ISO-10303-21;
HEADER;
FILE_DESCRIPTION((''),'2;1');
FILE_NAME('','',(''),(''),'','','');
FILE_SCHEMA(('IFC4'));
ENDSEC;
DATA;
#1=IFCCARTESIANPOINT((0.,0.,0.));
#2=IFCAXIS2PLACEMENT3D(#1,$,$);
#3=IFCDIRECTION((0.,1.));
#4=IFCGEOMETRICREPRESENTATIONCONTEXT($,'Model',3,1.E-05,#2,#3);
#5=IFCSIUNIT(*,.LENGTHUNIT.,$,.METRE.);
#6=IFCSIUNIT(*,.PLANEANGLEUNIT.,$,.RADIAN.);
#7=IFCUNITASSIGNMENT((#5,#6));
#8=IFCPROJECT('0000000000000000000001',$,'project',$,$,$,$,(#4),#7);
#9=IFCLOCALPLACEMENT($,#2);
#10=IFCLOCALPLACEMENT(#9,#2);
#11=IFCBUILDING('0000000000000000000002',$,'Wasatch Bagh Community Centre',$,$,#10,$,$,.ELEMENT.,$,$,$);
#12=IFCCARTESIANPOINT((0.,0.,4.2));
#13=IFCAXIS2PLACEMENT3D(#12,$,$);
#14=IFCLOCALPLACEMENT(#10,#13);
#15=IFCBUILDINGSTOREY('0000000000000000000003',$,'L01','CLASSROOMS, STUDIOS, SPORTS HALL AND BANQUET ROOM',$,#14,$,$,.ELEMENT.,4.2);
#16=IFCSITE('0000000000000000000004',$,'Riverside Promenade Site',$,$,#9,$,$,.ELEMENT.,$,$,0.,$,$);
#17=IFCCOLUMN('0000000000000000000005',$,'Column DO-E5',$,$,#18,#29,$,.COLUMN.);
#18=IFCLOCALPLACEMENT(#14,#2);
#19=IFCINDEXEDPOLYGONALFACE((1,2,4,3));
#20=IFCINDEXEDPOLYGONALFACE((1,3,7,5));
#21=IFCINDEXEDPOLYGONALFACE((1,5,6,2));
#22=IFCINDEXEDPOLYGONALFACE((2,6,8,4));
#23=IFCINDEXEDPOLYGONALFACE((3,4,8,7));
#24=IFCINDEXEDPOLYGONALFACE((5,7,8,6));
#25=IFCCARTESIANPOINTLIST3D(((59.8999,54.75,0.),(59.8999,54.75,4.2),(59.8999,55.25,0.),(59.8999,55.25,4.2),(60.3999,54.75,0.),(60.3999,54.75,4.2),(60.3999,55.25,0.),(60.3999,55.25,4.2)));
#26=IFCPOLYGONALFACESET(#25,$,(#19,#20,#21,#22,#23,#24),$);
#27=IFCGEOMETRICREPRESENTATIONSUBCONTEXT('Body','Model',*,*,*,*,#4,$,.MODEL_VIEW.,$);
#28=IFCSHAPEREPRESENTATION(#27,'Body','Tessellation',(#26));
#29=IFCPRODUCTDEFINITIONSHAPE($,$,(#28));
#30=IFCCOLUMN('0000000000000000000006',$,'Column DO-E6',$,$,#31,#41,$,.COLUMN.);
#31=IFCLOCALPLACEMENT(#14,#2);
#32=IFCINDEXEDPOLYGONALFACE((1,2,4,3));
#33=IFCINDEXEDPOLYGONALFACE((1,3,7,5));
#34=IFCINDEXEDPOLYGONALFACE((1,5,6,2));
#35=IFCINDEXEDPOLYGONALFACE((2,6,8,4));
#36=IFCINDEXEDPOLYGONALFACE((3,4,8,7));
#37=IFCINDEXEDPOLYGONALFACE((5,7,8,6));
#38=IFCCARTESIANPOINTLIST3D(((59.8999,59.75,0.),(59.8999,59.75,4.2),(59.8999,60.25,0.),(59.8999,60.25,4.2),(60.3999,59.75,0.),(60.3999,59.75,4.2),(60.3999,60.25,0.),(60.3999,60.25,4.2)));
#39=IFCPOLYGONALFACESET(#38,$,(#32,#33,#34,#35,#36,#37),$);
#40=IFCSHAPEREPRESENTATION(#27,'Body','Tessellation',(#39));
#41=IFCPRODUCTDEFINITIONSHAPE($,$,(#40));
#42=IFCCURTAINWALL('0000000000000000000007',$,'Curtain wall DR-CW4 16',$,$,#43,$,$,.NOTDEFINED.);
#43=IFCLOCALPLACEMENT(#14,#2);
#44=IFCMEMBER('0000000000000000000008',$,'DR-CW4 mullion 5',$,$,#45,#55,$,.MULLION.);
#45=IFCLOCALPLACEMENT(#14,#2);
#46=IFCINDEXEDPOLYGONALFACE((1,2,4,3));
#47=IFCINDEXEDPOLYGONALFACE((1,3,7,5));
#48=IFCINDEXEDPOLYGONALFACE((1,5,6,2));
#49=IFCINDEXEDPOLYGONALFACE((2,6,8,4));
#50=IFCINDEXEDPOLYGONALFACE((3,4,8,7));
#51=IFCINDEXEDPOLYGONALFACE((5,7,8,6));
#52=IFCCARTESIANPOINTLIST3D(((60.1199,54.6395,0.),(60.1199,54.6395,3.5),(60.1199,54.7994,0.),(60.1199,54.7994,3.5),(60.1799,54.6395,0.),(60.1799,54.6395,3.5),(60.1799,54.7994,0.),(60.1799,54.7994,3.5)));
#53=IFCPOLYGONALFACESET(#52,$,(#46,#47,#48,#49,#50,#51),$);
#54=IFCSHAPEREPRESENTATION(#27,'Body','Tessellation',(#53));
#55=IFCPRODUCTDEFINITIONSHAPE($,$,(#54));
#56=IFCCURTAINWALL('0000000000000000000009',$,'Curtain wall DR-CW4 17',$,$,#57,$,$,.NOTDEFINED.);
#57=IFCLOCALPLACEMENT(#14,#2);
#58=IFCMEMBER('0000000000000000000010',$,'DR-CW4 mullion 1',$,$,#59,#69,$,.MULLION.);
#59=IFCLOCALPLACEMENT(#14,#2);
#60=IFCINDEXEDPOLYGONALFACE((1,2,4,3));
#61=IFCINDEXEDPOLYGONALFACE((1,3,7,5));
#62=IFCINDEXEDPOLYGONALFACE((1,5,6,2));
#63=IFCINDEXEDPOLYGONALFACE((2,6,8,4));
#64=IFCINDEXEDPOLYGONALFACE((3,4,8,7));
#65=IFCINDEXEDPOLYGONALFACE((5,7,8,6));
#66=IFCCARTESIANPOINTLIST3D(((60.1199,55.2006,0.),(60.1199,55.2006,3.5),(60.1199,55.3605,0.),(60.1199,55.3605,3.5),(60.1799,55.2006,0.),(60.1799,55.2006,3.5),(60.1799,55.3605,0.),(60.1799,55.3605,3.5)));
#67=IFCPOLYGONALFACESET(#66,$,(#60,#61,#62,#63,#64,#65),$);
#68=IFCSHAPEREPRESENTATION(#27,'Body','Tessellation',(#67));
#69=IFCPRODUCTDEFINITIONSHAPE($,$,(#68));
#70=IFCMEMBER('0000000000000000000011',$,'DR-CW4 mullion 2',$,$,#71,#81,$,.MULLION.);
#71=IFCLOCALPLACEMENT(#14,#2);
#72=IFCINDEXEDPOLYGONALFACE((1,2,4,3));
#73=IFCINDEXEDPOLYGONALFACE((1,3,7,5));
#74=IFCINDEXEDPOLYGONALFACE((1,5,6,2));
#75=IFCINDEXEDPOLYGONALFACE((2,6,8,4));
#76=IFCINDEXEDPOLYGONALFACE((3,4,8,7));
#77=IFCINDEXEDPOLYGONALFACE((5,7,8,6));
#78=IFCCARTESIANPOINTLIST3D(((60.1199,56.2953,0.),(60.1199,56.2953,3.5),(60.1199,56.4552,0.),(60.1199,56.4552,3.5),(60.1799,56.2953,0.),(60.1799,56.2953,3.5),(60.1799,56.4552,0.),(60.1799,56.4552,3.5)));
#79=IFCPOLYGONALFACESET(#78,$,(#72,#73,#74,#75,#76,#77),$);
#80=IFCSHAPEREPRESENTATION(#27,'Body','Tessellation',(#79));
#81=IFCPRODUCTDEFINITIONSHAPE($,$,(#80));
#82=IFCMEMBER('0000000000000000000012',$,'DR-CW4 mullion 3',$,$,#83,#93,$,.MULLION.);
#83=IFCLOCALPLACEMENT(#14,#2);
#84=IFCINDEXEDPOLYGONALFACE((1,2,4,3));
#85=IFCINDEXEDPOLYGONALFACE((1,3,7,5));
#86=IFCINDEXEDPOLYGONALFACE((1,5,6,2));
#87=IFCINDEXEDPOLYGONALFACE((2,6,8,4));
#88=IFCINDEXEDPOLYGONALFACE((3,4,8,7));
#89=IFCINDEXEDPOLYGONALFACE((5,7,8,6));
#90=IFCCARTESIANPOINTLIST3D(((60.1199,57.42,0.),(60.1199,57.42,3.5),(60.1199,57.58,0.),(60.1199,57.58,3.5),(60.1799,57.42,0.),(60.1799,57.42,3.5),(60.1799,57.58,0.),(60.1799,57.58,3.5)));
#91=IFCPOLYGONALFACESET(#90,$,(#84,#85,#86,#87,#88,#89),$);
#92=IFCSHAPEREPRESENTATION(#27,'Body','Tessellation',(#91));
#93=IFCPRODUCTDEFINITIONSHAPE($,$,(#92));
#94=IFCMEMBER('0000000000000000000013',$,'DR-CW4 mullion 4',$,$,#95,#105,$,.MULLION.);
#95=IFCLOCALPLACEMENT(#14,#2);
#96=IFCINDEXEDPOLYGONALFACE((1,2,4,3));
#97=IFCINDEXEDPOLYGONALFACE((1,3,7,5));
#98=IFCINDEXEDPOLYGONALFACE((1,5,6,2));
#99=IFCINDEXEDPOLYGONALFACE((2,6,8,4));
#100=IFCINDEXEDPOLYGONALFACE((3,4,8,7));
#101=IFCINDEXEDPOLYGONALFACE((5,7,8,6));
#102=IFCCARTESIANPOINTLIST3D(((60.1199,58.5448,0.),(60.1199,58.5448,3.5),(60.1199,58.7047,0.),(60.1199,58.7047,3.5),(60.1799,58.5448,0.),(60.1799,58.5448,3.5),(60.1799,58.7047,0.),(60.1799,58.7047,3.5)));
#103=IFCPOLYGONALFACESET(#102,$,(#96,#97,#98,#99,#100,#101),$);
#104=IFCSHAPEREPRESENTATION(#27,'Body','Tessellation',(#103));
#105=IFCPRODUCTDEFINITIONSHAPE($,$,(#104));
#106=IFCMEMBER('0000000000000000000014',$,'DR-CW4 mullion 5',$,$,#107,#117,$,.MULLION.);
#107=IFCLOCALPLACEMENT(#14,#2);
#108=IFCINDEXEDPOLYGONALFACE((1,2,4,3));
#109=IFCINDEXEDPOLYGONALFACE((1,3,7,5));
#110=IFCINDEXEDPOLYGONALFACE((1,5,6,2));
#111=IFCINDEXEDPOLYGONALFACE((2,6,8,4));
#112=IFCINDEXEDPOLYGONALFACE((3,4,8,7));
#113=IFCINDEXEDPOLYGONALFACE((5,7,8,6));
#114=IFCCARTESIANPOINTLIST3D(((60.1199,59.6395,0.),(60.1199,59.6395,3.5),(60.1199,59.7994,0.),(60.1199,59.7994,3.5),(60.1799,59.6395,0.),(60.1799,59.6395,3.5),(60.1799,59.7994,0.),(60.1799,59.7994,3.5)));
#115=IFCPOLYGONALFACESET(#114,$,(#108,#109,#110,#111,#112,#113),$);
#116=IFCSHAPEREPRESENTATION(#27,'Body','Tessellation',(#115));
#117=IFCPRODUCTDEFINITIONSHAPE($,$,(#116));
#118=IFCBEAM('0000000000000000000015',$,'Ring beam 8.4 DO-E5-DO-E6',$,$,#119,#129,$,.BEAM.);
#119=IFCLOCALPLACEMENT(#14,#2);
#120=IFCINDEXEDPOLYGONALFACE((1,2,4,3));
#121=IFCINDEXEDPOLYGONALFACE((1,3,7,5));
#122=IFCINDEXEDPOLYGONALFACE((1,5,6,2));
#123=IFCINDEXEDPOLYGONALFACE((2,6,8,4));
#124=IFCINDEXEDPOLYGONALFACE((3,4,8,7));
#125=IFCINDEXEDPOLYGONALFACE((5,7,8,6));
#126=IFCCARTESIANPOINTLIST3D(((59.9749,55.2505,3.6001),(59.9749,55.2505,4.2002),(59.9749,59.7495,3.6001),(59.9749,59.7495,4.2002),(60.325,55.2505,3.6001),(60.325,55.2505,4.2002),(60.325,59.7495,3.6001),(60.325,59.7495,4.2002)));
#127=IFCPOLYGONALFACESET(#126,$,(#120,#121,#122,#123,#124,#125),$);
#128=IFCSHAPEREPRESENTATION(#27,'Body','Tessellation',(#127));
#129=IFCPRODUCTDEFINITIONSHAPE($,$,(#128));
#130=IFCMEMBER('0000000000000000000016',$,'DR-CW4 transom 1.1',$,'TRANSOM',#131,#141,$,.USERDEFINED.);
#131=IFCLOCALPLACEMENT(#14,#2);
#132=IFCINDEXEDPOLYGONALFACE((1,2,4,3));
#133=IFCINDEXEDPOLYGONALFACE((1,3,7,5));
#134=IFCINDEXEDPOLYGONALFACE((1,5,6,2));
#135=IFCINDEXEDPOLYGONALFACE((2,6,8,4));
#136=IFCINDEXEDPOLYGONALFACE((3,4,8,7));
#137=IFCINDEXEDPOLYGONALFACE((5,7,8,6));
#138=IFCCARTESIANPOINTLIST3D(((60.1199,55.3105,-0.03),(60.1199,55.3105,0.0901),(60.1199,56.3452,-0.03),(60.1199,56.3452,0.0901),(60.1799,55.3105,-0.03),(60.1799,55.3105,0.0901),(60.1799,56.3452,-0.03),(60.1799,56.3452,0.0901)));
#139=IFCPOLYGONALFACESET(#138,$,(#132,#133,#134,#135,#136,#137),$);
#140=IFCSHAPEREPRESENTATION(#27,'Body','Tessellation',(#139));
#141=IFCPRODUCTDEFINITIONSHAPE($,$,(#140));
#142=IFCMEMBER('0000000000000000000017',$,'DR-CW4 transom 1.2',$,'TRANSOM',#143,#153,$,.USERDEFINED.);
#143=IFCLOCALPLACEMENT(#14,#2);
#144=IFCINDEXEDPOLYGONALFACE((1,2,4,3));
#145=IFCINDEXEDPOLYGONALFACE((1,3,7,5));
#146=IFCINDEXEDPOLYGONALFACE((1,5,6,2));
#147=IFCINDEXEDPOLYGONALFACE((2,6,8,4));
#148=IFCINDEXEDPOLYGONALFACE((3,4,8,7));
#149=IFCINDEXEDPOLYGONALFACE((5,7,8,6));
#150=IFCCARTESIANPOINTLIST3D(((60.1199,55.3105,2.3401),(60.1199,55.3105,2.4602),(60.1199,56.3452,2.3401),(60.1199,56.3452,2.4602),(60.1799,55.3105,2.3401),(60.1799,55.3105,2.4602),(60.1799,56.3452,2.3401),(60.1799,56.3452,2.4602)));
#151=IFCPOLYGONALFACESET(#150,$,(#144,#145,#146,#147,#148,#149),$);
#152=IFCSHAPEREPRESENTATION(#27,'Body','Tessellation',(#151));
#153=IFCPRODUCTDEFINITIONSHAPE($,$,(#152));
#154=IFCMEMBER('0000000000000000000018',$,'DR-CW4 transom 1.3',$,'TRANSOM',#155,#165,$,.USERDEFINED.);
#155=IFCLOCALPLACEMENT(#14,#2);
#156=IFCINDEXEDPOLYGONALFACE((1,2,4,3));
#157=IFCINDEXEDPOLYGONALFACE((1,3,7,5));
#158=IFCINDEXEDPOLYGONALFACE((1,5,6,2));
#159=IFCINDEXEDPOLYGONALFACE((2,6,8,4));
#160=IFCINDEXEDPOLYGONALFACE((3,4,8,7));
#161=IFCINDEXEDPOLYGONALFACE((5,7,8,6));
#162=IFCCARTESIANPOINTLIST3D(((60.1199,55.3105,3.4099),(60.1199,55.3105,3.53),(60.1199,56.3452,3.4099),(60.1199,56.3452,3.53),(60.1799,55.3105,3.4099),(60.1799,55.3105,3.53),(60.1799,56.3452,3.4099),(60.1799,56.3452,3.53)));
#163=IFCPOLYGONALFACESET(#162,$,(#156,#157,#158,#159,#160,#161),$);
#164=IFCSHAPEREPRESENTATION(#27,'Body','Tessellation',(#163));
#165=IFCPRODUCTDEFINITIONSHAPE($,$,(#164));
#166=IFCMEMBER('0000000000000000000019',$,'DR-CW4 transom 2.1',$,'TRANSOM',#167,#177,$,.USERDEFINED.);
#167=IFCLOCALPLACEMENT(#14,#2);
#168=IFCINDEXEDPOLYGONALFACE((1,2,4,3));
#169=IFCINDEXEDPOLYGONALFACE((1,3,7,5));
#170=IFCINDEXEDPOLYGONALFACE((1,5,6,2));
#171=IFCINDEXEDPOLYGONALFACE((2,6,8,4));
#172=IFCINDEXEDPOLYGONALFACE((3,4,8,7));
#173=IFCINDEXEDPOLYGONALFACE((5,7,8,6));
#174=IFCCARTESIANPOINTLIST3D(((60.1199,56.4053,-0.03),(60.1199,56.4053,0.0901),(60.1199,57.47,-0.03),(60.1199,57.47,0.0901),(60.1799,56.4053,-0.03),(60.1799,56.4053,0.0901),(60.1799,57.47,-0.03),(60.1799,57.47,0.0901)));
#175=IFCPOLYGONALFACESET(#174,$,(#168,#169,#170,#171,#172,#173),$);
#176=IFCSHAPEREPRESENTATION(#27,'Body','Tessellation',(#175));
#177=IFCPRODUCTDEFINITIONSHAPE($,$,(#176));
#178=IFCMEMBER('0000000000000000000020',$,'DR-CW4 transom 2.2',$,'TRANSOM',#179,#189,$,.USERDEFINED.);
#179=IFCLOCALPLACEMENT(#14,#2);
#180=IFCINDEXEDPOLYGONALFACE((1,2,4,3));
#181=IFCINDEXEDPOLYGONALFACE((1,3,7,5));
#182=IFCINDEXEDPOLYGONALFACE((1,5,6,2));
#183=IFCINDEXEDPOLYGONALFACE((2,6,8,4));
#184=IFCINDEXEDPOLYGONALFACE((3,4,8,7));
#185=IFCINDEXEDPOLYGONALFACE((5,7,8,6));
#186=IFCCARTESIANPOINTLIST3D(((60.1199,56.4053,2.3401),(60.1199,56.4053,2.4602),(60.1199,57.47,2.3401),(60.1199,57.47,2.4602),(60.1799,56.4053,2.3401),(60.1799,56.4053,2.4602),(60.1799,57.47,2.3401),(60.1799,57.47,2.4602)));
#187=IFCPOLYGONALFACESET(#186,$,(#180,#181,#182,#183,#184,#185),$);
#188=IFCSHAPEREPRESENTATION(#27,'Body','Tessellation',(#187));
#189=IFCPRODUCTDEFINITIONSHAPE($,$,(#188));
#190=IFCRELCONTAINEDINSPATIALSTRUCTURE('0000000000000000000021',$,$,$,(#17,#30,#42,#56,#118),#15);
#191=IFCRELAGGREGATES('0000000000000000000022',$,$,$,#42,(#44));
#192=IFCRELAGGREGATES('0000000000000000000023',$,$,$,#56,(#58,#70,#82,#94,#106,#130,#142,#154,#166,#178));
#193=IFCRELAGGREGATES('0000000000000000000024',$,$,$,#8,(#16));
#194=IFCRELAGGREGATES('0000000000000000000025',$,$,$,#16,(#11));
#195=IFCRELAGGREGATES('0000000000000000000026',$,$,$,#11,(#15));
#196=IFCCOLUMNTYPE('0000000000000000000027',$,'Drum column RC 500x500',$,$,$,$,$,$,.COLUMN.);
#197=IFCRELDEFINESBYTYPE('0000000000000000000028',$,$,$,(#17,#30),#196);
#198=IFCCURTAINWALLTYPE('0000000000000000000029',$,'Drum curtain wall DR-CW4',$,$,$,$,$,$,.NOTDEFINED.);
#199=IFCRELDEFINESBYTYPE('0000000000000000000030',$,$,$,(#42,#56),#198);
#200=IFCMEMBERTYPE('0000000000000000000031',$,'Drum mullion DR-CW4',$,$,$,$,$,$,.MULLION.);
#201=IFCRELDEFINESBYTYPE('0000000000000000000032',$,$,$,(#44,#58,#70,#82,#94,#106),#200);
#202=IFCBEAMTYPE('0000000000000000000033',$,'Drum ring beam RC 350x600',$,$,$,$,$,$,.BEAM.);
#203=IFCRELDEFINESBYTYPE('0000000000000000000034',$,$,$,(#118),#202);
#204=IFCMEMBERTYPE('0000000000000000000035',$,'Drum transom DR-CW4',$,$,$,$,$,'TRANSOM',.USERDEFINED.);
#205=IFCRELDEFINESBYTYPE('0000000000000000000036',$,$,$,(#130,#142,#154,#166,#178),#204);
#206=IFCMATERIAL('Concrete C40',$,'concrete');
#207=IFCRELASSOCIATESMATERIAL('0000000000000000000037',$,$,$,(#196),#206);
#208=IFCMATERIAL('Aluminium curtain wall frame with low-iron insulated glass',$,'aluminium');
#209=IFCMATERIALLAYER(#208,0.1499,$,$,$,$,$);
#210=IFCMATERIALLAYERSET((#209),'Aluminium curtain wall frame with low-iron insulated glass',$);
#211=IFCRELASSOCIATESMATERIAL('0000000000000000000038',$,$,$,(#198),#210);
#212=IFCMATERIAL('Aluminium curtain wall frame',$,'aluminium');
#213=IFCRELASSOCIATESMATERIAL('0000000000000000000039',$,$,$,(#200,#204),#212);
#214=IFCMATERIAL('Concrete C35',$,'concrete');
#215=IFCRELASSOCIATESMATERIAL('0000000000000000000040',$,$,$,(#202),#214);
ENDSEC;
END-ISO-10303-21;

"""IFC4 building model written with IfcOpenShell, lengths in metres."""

from ifc_helpers import new_model, si_unit, direction, frame, origin, origin_2d, place, context, subcontext, project, spatial, rectangle, extrude, material, layer, layer_set, material_profile, profile_set, type_object, element, aggregate, save


model = new_model("IFC4")

# Units and contexts
model_context = context("Model", 3, precision=1e-05, world=origin(), true_north=direction((0.0, 1.0)))
body_context = subcontext(model_context, "Body", "Model", "MODEL_VIEW")
ifc_project = project(units=[si_unit("LENGTHUNIT", "METRE"), si_unit("PLANEANGLEUNIT", "RADIAN")], contexts=[model_context])

# Site, building, storey
site_placement = place(None, origin())
site = spatial("IfcSite", under=ifc_project, at=site_placement, Name="Riverside Promenade Site", CompositionType="ELEMENT", RefElevation=0.0)
building_placement = place(site_placement, origin())
building = spatial("IfcBuilding", under=site, at=building_placement, Name="Wasatch Bagh Community Centre", CompositionType="ELEMENT")
storey_placement = place(building_placement, frame((0.0, 0.0, 4.2)))
storey = spatial("IfcBuildingStorey", under=building, at=storey_placement, Name="L01", Description="CLASSROOMS, STUDIOS, SPORTS HALL AND BANQUET ROOM", CompositionType="ELEMENT", Elevation=4.2)

# Columns
ifc_material_1 = material(Name="Concrete C40", Category="concrete")
ifc_material_profile_1 = material_profile(ifc_material_1, rectangle(XDim=0.5, YDim=0.5, at=origin_2d()), Name="RC 500x500")
ifc_profile_set_1 = profile_set([ifc_material_profile_1], Name="Concrete C40")
column_type = type_object("IfcColumnType", Name="Drum column RC 500x500", PredefinedType="COLUMN", material=ifc_profile_set_1)
for number, where, z_axis, x_axis, name in (
    (1, (60.1499, 55.0, 0.0), (0.0, 0.0, 1.0), (1.0, 0.0, 0.0), "Column DO-E5"),
    (2, (60.1499, 60.0, 0.0), (0.0, 0.0, 1.0), (1.0, 0.0, 0.0), "Column DO-E6"),
):
    element("IfcColumn", number, at=place(storey_placement, frame(where, z_axis=z_axis, x_axis=x_axis)), inside=storey, type_object=column_type, Name=name, PredefinedType="COLUMN", context=body_context, shape_type="SweptSolid", body=[
        extrude(rectangle(XDim=0.5, YDim=0.5, at=origin_2d()), origin(), (0.0, 0.0, 1.0), 4.2),
    ])

# Curtain wall, member
ifc_material_2 = material(Name="Aluminium curtain wall frame with low-iron insulated glass", Category="aluminium")
ifc_layer_1 = layer(ifc_material_2, 0.1499)
ifc_layer_set_1 = layer_set([ifc_layer_1], Name="Aluminium curtain wall frame with low-iron insulated glass")
curtain_wall_type = type_object("IfcCurtainWallType", Name="Drum curtain wall DR-CW4", PredefinedType="NOTDEFINED", material=ifc_layer_set_1)
curtain_wall_1_placement = place(storey_placement, origin())
curtain_wall_1 = element("IfcCurtainWall", 3, at=curtain_wall_1_placement, inside=storey, type_object=curtain_wall_type, Name="Curtain wall DR-CW4 16", PredefinedType="NOTDEFINED")
ifc_material_3 = material(Name="Aluminium curtain wall frame", Category="aluminium")
ifc_material_profile_2 = material_profile(ifc_material_3, rectangle(XDim=0.0601, YDim=0.1599, at=origin_2d()), Name="Drum mullion DR-CW4")
ifc_profile_set_2 = profile_set([ifc_material_profile_2], Name="Aluminium curtain wall frame")
member_type_1 = type_object("IfcMemberType", Name="Drum mullion DR-CW4", PredefinedType="MULLION", material=ifc_profile_set_2)
member_1_placement = place(storey_placement, frame((60.1499, 54.7195, 0.0), z_axis=(0.0, 0.0, 1.0), x_axis=(-1.0, 0.0, 0.0)))
member_1 = element("IfcMember", 4, at=member_1_placement, type_object=member_type_1, Name="DR-CW4 mullion 5", PredefinedType="MULLION", context=body_context, shape_type="SweptSolid", body=[
    extrude(rectangle(XDim=0.0601, YDim=0.1599, at=origin_2d()), origin(), (0.0, 0.0, 1.0), 3.5),
])

# Curtain wall, members
curtain_wall_2_placement = place(storey_placement, origin())
curtain_wall_2 = element("IfcCurtainWall", 5, at=curtain_wall_2_placement, inside=storey, type_object=curtain_wall_type, Name="Curtain wall DR-CW4 17", PredefinedType="NOTDEFINED")
member_2_placement = place(storey_placement, frame((60.1499, 55.2805, 0.0), z_axis=(0.0, 0.0, 1.0), x_axis=(-1.0, 0.0, 0.0)))
member_2 = element("IfcMember", 6, at=member_2_placement, type_object=member_type_1, Name="DR-CW4 mullion 1", PredefinedType="MULLION", context=body_context, shape_type="SweptSolid", body=[
    extrude(rectangle(XDim=0.0601, YDim=0.1599, at=origin_2d()), origin(), (0.0, 0.0, 1.0), 3.5),
])
member_3_placement = place(storey_placement, frame((60.1499, 56.3752, 0.0), z_axis=(0.0, 0.0, 1.0), x_axis=(-1.0, 0.0, 0.0)))
member_3 = element("IfcMember", 7, at=member_3_placement, type_object=member_type_1, Name="DR-CW4 mullion 2", PredefinedType="MULLION", context=body_context, shape_type="SweptSolid", body=[
    extrude(rectangle(XDim=0.0601, YDim=0.1599, at=origin_2d()), origin(), (0.0, 0.0, 1.0), 3.5),
])
member_4_placement = place(storey_placement, frame((60.1499, 57.5, 0.0), z_axis=(0.0, 0.0, 1.0), x_axis=(-1.0, 0.0, 0.0)))
member_4 = element("IfcMember", 8, at=member_4_placement, type_object=member_type_1, Name="DR-CW4 mullion 3", PredefinedType="MULLION", context=body_context, shape_type="SweptSolid", body=[
    extrude(rectangle(XDim=0.0601, YDim=0.1599, at=origin_2d()), origin(), (0.0, 0.0, 1.0), 3.5),
])
member_5_placement = place(storey_placement, frame((60.1499, 58.6248, 0.0), z_axis=(0.0, 0.0, 1.0), x_axis=(-1.0, 0.0, 0.0)))
member_5 = element("IfcMember", 9, at=member_5_placement, type_object=member_type_1, Name="DR-CW4 mullion 4", PredefinedType="MULLION", context=body_context, shape_type="SweptSolid", body=[
    extrude(rectangle(XDim=0.0601, YDim=0.1599, at=origin_2d()), origin(), (0.0, 0.0, 1.0), 3.5),
])
member_6_placement = place(storey_placement, frame((60.1499, 59.7195, 0.0), z_axis=(0.0, 0.0, 1.0), x_axis=(-1.0, 0.0, 0.0)))
member_6 = element("IfcMember", 10, at=member_6_placement, type_object=member_type_1, Name="DR-CW4 mullion 5", PredefinedType="MULLION", context=body_context, shape_type="SweptSolid", body=[
    extrude(rectangle(XDim=0.0601, YDim=0.1599, at=origin_2d()), origin(), (0.0, 0.0, 1.0), 3.5),
])

# Beam
ifc_material_4 = material(Name="Concrete C35", Category="concrete")
ifc_material_profile_3 = material_profile(ifc_material_4, rectangle(XDim=0.3501, YDim=0.6001, at=origin_2d()), Name="RC 350x600")
ifc_profile_set_3 = profile_set([ifc_material_profile_3], Name="Concrete C35")
beam_type = type_object("IfcBeamType", Name="Drum ring beam RC 350x600", PredefinedType="BEAM", material=ifc_profile_set_3)
beam_placement = place(storey_placement, frame((60.1499, 55.2505, 3.9001), z_axis=(0.0, 1.0, 0.0), x_axis=(-1.0, 0.0, 0.0)))
element("IfcBeam", 11, at=beam_placement, inside=storey, type_object=beam_type, Name="Ring beam 8.4 DO-E5-DO-E6", PredefinedType="BEAM", context=body_context, shape_type="SweptSolid", body=[
    extrude(rectangle(XDim=0.3501, YDim=0.6001, at=origin_2d()), origin(), (0.0, 0.0, 1.0), 4.499),
])

# Members
ifc_material_profile_4 = material_profile(ifc_material_3, rectangle(XDim=0.0601, YDim=0.1201, at=origin_2d()), Name="Drum transom DR-CW4")
ifc_profile_set_4 = profile_set([ifc_material_profile_4], Name="Aluminium curtain wall frame")
member_type_2 = type_object("IfcMemberType", Name="Drum transom DR-CW4", ElementType="TRANSOM", PredefinedType="USERDEFINED", material=ifc_profile_set_4)
member_7_placement = place(storey_placement, frame((60.1499, 55.3105, 0.03), z_axis=(0.0, 1.0, 0.0), x_axis=(-1.0, 0.0, 0.0)))
member_7 = element("IfcMember", 12, at=member_7_placement, type_object=member_type_2, Name="DR-CW4 transom 1.1", ObjectType="TRANSOM", PredefinedType="USERDEFINED", context=body_context, shape_type="SweptSolid", body=[
    extrude(rectangle(XDim=0.0601, YDim=0.1201, at=origin_2d()), origin(), (0.0, 0.0, 1.0), 1.0347),
])
member_8_placement = place(storey_placement, frame((60.1499, 55.3105, 2.4001), z_axis=(0.0, 1.0, 0.0), x_axis=(-1.0, 0.0, 0.0)))
member_8 = element("IfcMember", 13, at=member_8_placement, type_object=member_type_2, Name="DR-CW4 transom 1.2", ObjectType="TRANSOM", PredefinedType="USERDEFINED", context=body_context, shape_type="SweptSolid", body=[
    extrude(rectangle(XDim=0.0601, YDim=0.1201, at=origin_2d()), origin(), (0.0, 0.0, 1.0), 1.0347),
])
member_9_placement = place(storey_placement, frame((60.1499, 55.3105, 3.47), z_axis=(0.0, 1.0, 0.0), x_axis=(-1.0, 0.0, 0.0)))
member_9 = element("IfcMember", 14, at=member_9_placement, type_object=member_type_2, Name="DR-CW4 transom 1.3", ObjectType="TRANSOM", PredefinedType="USERDEFINED", context=body_context, shape_type="SweptSolid", body=[
    extrude(rectangle(XDim=0.0601, YDim=0.1201, at=origin_2d()), origin(), (0.0, 0.0, 1.0), 1.0347),
])
member_10_placement = place(storey_placement, frame((60.1499, 56.4053, 0.03), z_axis=(0.0, 1.0, 0.0), x_axis=(-1.0, 0.0, 0.0)))
member_10 = element("IfcMember", 15, at=member_10_placement, type_object=member_type_2, Name="DR-CW4 transom 2.1", ObjectType="TRANSOM", PredefinedType="USERDEFINED", context=body_context, shape_type="SweptSolid", body=[
    extrude(rectangle(XDim=0.0601, YDim=0.1201, at=origin_2d()), origin(), (0.0, 0.0, 1.0), 1.0647),
])
member_11_placement = place(storey_placement, frame((60.1499, 56.4053, 2.4001), z_axis=(0.0, 1.0, 0.0), x_axis=(-1.0, 0.0, 0.0)))
member_11 = element("IfcMember", 16, at=member_11_placement, type_object=member_type_2, Name="DR-CW4 transom 2.2", ObjectType="TRANSOM", PredefinedType="USERDEFINED", context=body_context, shape_type="SweptSolid", body=[
    extrude(rectangle(XDim=0.0601, YDim=0.1201, at=origin_2d()), origin(), (0.0, 0.0, 1.0), 1.0647),
])

aggregate(curtain_wall_1, [member_1])
aggregate(curtain_wall_2, [member_2, member_3, member_4, member_5, member_6, member_7, member_8, member_9, member_10, member_11])

save(model, "model.ifc")
